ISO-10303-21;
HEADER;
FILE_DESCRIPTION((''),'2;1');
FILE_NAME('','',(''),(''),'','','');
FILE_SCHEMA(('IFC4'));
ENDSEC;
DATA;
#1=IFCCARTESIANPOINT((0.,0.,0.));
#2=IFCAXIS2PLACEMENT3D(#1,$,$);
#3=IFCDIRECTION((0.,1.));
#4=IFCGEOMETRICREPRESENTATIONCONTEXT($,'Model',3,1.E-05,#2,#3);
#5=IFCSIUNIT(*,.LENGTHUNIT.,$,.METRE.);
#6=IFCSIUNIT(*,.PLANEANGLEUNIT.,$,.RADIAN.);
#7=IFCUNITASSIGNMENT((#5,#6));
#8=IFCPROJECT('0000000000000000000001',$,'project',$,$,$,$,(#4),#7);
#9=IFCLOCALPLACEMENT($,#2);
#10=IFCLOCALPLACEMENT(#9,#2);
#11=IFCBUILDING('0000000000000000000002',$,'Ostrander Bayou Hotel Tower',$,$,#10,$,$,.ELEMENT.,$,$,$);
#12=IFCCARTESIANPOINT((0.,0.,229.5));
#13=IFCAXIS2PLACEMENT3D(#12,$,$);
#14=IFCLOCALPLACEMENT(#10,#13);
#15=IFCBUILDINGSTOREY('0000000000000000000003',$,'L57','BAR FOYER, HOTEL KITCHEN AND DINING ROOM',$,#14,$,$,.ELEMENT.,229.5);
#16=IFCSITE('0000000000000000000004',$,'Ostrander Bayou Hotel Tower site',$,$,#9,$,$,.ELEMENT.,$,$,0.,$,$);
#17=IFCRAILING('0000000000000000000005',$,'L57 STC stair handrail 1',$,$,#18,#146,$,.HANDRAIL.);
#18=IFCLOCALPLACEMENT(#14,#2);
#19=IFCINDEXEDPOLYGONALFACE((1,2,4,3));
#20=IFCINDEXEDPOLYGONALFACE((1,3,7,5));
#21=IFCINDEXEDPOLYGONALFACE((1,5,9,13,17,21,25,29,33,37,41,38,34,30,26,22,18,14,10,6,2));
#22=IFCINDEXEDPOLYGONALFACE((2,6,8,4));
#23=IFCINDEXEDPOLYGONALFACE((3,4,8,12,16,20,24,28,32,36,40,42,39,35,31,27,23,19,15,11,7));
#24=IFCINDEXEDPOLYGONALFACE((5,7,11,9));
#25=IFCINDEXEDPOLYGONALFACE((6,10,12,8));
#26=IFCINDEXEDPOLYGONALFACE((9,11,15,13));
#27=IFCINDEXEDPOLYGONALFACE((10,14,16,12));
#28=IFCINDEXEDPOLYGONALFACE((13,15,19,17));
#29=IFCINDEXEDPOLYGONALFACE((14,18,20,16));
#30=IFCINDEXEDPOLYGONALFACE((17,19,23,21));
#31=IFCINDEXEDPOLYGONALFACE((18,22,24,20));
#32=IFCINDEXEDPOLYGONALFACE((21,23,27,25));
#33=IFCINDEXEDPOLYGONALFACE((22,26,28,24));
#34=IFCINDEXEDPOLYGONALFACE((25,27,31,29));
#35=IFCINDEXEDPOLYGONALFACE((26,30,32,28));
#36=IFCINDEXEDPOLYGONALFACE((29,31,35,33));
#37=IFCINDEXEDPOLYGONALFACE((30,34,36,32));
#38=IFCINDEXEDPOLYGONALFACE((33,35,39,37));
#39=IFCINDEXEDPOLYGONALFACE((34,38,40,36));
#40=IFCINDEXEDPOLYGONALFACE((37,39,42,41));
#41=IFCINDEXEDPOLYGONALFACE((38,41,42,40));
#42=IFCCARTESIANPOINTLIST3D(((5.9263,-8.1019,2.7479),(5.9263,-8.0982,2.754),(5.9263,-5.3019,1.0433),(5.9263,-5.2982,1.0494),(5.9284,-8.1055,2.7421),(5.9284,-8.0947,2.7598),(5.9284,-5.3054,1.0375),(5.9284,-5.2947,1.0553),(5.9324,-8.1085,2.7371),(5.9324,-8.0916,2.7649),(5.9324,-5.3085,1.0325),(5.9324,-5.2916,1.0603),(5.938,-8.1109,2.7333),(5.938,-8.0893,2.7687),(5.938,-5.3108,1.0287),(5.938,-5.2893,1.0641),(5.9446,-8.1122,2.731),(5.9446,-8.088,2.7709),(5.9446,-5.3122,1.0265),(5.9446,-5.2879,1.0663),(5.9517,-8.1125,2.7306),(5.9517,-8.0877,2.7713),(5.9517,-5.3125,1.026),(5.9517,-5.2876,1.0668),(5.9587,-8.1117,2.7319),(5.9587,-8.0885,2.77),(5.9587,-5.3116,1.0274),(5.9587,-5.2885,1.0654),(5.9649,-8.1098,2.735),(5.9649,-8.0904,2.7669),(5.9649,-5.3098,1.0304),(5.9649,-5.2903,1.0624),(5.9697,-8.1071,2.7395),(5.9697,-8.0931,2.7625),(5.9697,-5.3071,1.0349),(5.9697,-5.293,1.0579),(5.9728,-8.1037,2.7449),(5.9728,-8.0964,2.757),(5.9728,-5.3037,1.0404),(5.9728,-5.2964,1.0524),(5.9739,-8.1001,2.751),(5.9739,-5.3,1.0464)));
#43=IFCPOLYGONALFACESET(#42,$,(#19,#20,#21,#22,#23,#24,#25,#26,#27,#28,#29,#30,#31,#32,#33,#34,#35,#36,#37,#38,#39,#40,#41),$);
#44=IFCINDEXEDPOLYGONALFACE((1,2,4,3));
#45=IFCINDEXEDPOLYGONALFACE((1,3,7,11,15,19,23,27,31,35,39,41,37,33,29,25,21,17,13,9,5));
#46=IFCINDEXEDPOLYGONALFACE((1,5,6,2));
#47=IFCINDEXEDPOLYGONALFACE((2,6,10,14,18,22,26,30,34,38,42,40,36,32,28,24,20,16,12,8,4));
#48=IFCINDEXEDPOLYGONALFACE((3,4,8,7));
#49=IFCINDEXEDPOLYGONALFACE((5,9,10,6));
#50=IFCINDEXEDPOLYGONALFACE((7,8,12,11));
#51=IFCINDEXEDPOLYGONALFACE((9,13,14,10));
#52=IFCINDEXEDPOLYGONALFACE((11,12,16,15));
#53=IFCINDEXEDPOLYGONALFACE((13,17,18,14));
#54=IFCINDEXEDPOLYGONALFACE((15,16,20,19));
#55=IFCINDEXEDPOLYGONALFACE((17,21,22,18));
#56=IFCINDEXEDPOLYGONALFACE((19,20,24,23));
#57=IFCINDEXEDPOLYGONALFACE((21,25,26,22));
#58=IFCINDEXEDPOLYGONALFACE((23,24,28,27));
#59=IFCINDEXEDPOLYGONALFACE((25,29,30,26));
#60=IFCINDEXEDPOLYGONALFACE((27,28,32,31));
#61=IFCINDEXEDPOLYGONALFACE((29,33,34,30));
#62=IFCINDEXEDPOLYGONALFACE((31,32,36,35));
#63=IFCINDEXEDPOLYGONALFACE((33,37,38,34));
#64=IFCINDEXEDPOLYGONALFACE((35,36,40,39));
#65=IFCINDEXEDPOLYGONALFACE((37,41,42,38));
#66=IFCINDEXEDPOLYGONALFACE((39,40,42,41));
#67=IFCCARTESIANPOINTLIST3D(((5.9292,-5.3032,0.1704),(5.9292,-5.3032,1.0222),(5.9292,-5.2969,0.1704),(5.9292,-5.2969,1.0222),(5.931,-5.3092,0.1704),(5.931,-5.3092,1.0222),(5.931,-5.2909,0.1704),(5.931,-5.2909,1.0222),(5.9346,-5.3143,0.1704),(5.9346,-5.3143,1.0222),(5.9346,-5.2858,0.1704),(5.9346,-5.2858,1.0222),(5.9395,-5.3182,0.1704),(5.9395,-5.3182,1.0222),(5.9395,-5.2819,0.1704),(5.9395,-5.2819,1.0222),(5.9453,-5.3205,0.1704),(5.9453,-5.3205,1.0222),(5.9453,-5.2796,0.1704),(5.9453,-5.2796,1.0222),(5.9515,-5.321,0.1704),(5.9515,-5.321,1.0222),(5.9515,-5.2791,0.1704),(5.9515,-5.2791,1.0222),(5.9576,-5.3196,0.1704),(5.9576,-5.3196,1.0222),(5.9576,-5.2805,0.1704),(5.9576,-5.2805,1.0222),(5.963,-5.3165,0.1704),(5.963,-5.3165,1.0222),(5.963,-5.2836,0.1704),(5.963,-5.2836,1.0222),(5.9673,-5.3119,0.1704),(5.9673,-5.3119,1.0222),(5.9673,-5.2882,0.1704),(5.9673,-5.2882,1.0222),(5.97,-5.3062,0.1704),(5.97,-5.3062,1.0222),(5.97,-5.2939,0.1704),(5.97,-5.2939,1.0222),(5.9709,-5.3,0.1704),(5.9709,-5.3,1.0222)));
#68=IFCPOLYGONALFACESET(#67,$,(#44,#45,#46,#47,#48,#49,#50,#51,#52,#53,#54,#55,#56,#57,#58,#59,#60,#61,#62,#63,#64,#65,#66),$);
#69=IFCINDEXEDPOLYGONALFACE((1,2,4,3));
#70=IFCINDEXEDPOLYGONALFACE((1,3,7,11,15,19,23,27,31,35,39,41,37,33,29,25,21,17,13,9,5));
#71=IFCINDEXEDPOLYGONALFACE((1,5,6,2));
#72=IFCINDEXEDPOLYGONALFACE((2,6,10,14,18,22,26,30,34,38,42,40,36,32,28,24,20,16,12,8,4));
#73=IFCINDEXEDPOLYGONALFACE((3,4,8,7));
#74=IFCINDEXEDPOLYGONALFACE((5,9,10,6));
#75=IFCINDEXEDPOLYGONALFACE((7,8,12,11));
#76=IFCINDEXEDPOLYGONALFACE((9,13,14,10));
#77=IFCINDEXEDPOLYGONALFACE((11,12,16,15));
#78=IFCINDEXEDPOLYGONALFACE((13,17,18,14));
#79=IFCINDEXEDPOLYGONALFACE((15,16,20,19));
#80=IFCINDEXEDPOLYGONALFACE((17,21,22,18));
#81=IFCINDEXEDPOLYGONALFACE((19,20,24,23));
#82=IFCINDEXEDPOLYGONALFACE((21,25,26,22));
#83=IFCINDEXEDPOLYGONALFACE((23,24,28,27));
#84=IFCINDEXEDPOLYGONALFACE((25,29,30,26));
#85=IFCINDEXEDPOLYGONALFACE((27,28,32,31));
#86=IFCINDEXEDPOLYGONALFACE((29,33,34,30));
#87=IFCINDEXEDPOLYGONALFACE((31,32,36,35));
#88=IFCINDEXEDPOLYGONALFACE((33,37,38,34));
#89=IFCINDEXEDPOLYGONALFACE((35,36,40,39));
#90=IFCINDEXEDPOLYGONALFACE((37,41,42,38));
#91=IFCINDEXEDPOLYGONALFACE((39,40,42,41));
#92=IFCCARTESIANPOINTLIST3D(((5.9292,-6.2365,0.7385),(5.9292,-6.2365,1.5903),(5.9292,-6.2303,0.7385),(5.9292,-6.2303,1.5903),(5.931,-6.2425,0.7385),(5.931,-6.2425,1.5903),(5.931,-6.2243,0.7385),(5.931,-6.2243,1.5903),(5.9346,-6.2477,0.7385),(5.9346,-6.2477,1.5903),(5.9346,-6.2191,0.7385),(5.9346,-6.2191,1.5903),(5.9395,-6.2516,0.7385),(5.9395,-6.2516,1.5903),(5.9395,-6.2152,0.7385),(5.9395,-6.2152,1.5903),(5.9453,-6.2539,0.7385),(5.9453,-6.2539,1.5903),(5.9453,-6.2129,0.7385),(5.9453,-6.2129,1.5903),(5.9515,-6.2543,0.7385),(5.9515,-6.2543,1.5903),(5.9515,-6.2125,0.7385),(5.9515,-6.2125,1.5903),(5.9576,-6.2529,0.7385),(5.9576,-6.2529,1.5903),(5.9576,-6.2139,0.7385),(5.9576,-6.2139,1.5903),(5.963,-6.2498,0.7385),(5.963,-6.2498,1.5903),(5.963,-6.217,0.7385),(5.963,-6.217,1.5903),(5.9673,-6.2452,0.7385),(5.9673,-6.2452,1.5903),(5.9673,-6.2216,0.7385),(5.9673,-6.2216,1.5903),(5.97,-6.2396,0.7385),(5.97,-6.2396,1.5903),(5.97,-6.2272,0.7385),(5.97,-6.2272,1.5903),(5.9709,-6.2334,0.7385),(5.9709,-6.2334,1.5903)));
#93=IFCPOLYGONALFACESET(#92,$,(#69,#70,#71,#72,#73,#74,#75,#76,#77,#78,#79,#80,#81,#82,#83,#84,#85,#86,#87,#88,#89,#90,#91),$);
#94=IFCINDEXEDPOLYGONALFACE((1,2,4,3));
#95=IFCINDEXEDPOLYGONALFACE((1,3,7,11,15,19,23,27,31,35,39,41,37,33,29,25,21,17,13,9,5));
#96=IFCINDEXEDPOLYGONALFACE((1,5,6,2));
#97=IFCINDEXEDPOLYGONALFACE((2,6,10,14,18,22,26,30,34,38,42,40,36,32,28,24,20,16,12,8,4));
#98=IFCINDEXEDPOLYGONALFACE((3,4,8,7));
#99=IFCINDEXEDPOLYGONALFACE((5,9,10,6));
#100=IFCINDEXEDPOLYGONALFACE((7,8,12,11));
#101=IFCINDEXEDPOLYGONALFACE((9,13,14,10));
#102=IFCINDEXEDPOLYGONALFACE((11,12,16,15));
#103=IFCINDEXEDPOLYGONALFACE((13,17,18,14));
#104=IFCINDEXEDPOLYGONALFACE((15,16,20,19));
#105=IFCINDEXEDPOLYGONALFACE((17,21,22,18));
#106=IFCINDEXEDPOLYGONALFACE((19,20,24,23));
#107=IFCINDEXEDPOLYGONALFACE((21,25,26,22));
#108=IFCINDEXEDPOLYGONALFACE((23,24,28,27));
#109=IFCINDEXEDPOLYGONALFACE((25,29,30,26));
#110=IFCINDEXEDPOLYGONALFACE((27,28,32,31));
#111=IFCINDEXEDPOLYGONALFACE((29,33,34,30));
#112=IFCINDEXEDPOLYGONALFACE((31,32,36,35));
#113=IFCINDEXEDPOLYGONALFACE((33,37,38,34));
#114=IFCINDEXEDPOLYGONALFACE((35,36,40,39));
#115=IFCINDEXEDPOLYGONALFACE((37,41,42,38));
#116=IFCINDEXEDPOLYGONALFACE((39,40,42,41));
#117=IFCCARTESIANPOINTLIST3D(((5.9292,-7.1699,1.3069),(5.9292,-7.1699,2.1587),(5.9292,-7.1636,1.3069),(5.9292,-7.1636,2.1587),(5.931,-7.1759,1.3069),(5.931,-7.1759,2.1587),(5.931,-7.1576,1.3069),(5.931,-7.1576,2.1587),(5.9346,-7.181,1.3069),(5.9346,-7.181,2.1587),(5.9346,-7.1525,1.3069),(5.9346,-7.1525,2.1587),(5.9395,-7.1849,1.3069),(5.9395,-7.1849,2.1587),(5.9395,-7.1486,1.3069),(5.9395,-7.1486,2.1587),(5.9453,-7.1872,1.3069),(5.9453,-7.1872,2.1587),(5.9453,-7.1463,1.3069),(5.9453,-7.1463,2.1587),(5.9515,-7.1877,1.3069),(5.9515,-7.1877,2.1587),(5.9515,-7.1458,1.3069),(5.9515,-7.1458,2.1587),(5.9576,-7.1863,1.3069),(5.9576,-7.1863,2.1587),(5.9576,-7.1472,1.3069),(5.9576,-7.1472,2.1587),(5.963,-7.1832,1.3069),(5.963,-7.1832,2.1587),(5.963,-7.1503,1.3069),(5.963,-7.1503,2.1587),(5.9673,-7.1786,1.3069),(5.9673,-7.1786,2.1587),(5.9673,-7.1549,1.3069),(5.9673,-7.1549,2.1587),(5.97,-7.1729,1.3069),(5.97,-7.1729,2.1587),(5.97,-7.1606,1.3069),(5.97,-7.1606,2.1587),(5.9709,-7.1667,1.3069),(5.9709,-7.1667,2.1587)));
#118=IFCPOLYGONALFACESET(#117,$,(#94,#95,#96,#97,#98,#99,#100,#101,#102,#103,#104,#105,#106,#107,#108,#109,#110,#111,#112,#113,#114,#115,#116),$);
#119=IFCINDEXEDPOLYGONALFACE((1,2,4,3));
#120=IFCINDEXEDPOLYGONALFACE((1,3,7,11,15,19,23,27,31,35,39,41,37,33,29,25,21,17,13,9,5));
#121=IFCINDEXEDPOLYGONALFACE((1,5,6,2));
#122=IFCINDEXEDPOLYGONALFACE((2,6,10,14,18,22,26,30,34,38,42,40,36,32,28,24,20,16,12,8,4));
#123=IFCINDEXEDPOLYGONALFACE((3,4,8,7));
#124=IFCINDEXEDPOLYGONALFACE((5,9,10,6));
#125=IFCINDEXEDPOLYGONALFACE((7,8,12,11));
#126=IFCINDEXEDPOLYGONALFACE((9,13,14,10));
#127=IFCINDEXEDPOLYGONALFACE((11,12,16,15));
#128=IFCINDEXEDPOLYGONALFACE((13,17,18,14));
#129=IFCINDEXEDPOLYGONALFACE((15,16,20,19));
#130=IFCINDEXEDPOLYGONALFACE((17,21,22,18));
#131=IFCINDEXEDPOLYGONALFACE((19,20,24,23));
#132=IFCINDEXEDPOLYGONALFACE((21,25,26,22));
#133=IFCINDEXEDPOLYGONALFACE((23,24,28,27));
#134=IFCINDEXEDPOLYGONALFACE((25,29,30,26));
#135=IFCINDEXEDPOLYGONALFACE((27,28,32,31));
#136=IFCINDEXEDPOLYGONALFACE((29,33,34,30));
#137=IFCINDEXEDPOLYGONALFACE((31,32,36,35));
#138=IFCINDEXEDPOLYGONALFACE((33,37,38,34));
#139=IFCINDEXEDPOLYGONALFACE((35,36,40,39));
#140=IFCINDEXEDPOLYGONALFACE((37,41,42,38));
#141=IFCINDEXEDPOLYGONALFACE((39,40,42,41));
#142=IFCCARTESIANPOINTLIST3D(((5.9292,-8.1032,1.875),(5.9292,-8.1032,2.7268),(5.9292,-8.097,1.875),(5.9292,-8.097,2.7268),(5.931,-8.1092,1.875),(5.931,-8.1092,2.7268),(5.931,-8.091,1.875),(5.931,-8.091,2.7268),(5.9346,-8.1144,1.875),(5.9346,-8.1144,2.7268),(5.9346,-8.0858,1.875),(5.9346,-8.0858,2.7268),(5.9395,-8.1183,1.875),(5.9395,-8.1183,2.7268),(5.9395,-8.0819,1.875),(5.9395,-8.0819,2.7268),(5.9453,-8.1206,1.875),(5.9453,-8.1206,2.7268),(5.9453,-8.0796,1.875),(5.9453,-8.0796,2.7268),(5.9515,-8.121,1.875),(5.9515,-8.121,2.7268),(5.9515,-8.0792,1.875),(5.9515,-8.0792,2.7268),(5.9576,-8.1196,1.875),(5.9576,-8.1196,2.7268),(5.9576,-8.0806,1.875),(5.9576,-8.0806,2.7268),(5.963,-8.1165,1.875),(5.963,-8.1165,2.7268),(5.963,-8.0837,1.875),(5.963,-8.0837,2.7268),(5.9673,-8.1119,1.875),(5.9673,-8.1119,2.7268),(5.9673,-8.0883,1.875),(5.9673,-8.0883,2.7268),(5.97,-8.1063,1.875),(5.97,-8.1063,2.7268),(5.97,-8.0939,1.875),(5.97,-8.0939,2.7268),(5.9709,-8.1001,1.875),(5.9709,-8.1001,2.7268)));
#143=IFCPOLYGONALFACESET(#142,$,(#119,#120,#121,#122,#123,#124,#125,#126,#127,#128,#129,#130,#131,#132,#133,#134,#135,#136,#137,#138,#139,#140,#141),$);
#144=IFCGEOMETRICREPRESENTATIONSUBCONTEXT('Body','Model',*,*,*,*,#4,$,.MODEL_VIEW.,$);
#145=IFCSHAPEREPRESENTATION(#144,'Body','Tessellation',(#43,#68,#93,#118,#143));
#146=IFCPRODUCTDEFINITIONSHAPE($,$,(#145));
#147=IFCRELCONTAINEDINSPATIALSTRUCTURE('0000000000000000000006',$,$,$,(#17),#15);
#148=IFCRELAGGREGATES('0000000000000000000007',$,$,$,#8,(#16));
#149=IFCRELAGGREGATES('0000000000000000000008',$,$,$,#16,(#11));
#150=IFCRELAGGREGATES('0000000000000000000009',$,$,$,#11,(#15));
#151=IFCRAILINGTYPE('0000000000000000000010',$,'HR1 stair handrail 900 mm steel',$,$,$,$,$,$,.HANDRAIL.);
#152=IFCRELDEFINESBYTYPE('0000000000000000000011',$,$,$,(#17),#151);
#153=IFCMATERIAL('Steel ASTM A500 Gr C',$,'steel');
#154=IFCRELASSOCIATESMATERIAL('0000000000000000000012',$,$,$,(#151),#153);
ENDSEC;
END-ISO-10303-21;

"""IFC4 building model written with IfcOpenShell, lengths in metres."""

from ifc_helpers import new_model, si_unit, direction, frame, origin, origin_2d, place, context, subcontext, project, spatial, circle, extrude, material, type_object, element, save


model = new_model("IFC4")

# Units and contexts
model_context = context("Model", 3, precision=1e-05, world=origin(), true_north=direction((0.0, 1.0)))
body_context = subcontext(model_context, "Body", "Model", "MODEL_VIEW")
ifc_project = project(units=[si_unit("LENGTHUNIT", "METRE"), si_unit("PLANEANGLEUNIT", "RADIAN")], contexts=[model_context])

# Site, building, storey
site_placement = place(None, origin())
site = spatial("IfcSite", under=ifc_project, at=site_placement, Name="Ostrander Bayou Hotel Tower site", CompositionType="ELEMENT", RefElevation=0.0)
building_placement = place(site_placement, origin())
building = spatial("IfcBuilding", under=site, at=building_placement, Name="Ostrander Bayou Hotel Tower", CompositionType="ELEMENT")
storey_placement = place(building_placement, frame((0.0, 0.0, 229.5)))
storey = spatial("IfcBuildingStorey", under=building, at=storey_placement, Name="L57", Description="BAR FOYER, HOTEL KITCHEN AND DINING ROOM", CompositionType="ELEMENT", Elevation=229.5)

# Railing
ifc_material_1 = material(Name="Steel ASTM A500 Gr C", Category="steel")
railing_type_1 = type_object("IfcRailingType", Name="HR1 stair handrail 900 mm steel", PredefinedType="HANDRAIL", material=ifc_material_1)
railing_1_placement = place(storey_placement, frame((5.95, -5.3, 0.1704)))
element("IfcRailing", 1, at=railing_1_placement, inside=storey, type_object=railing_type_1, Name="L57 STC stair handrail 1", PredefinedType="HANDRAIL", context=body_context, shape_type="SweptSolid", body=[
    extrude(circle(Radius=0.0239, at=origin_2d()), frame((0.0, 0.0, 0.876), z_axis=(0.0, -0.85417, 0.519994), x_axis=(1.0, 0.0, 0.0)), (0.0, 0.0, 1.0), 3.2781),
    extrude(circle(Radius=0.021, at=origin_2d()), origin(), (0.0, 0.0, 1.0), 0.8518),
    extrude(circle(Radius=0.021, at=origin_2d()), frame((0.0, -0.9333, 0.5681)), (0.0, 0.0, 1.0), 0.8518),
    extrude(circle(Radius=0.021, at=origin_2d()), frame((0.0, -1.8667, 1.1365)), (0.0, 0.0, 1.0), 0.8518),
    extrude(circle(Radius=0.021, at=origin_2d()), frame((0.0, -2.8, 1.7046)), (0.0, 0.0, 1.0), 0.8518),
])

save(model, "model.ifc")
